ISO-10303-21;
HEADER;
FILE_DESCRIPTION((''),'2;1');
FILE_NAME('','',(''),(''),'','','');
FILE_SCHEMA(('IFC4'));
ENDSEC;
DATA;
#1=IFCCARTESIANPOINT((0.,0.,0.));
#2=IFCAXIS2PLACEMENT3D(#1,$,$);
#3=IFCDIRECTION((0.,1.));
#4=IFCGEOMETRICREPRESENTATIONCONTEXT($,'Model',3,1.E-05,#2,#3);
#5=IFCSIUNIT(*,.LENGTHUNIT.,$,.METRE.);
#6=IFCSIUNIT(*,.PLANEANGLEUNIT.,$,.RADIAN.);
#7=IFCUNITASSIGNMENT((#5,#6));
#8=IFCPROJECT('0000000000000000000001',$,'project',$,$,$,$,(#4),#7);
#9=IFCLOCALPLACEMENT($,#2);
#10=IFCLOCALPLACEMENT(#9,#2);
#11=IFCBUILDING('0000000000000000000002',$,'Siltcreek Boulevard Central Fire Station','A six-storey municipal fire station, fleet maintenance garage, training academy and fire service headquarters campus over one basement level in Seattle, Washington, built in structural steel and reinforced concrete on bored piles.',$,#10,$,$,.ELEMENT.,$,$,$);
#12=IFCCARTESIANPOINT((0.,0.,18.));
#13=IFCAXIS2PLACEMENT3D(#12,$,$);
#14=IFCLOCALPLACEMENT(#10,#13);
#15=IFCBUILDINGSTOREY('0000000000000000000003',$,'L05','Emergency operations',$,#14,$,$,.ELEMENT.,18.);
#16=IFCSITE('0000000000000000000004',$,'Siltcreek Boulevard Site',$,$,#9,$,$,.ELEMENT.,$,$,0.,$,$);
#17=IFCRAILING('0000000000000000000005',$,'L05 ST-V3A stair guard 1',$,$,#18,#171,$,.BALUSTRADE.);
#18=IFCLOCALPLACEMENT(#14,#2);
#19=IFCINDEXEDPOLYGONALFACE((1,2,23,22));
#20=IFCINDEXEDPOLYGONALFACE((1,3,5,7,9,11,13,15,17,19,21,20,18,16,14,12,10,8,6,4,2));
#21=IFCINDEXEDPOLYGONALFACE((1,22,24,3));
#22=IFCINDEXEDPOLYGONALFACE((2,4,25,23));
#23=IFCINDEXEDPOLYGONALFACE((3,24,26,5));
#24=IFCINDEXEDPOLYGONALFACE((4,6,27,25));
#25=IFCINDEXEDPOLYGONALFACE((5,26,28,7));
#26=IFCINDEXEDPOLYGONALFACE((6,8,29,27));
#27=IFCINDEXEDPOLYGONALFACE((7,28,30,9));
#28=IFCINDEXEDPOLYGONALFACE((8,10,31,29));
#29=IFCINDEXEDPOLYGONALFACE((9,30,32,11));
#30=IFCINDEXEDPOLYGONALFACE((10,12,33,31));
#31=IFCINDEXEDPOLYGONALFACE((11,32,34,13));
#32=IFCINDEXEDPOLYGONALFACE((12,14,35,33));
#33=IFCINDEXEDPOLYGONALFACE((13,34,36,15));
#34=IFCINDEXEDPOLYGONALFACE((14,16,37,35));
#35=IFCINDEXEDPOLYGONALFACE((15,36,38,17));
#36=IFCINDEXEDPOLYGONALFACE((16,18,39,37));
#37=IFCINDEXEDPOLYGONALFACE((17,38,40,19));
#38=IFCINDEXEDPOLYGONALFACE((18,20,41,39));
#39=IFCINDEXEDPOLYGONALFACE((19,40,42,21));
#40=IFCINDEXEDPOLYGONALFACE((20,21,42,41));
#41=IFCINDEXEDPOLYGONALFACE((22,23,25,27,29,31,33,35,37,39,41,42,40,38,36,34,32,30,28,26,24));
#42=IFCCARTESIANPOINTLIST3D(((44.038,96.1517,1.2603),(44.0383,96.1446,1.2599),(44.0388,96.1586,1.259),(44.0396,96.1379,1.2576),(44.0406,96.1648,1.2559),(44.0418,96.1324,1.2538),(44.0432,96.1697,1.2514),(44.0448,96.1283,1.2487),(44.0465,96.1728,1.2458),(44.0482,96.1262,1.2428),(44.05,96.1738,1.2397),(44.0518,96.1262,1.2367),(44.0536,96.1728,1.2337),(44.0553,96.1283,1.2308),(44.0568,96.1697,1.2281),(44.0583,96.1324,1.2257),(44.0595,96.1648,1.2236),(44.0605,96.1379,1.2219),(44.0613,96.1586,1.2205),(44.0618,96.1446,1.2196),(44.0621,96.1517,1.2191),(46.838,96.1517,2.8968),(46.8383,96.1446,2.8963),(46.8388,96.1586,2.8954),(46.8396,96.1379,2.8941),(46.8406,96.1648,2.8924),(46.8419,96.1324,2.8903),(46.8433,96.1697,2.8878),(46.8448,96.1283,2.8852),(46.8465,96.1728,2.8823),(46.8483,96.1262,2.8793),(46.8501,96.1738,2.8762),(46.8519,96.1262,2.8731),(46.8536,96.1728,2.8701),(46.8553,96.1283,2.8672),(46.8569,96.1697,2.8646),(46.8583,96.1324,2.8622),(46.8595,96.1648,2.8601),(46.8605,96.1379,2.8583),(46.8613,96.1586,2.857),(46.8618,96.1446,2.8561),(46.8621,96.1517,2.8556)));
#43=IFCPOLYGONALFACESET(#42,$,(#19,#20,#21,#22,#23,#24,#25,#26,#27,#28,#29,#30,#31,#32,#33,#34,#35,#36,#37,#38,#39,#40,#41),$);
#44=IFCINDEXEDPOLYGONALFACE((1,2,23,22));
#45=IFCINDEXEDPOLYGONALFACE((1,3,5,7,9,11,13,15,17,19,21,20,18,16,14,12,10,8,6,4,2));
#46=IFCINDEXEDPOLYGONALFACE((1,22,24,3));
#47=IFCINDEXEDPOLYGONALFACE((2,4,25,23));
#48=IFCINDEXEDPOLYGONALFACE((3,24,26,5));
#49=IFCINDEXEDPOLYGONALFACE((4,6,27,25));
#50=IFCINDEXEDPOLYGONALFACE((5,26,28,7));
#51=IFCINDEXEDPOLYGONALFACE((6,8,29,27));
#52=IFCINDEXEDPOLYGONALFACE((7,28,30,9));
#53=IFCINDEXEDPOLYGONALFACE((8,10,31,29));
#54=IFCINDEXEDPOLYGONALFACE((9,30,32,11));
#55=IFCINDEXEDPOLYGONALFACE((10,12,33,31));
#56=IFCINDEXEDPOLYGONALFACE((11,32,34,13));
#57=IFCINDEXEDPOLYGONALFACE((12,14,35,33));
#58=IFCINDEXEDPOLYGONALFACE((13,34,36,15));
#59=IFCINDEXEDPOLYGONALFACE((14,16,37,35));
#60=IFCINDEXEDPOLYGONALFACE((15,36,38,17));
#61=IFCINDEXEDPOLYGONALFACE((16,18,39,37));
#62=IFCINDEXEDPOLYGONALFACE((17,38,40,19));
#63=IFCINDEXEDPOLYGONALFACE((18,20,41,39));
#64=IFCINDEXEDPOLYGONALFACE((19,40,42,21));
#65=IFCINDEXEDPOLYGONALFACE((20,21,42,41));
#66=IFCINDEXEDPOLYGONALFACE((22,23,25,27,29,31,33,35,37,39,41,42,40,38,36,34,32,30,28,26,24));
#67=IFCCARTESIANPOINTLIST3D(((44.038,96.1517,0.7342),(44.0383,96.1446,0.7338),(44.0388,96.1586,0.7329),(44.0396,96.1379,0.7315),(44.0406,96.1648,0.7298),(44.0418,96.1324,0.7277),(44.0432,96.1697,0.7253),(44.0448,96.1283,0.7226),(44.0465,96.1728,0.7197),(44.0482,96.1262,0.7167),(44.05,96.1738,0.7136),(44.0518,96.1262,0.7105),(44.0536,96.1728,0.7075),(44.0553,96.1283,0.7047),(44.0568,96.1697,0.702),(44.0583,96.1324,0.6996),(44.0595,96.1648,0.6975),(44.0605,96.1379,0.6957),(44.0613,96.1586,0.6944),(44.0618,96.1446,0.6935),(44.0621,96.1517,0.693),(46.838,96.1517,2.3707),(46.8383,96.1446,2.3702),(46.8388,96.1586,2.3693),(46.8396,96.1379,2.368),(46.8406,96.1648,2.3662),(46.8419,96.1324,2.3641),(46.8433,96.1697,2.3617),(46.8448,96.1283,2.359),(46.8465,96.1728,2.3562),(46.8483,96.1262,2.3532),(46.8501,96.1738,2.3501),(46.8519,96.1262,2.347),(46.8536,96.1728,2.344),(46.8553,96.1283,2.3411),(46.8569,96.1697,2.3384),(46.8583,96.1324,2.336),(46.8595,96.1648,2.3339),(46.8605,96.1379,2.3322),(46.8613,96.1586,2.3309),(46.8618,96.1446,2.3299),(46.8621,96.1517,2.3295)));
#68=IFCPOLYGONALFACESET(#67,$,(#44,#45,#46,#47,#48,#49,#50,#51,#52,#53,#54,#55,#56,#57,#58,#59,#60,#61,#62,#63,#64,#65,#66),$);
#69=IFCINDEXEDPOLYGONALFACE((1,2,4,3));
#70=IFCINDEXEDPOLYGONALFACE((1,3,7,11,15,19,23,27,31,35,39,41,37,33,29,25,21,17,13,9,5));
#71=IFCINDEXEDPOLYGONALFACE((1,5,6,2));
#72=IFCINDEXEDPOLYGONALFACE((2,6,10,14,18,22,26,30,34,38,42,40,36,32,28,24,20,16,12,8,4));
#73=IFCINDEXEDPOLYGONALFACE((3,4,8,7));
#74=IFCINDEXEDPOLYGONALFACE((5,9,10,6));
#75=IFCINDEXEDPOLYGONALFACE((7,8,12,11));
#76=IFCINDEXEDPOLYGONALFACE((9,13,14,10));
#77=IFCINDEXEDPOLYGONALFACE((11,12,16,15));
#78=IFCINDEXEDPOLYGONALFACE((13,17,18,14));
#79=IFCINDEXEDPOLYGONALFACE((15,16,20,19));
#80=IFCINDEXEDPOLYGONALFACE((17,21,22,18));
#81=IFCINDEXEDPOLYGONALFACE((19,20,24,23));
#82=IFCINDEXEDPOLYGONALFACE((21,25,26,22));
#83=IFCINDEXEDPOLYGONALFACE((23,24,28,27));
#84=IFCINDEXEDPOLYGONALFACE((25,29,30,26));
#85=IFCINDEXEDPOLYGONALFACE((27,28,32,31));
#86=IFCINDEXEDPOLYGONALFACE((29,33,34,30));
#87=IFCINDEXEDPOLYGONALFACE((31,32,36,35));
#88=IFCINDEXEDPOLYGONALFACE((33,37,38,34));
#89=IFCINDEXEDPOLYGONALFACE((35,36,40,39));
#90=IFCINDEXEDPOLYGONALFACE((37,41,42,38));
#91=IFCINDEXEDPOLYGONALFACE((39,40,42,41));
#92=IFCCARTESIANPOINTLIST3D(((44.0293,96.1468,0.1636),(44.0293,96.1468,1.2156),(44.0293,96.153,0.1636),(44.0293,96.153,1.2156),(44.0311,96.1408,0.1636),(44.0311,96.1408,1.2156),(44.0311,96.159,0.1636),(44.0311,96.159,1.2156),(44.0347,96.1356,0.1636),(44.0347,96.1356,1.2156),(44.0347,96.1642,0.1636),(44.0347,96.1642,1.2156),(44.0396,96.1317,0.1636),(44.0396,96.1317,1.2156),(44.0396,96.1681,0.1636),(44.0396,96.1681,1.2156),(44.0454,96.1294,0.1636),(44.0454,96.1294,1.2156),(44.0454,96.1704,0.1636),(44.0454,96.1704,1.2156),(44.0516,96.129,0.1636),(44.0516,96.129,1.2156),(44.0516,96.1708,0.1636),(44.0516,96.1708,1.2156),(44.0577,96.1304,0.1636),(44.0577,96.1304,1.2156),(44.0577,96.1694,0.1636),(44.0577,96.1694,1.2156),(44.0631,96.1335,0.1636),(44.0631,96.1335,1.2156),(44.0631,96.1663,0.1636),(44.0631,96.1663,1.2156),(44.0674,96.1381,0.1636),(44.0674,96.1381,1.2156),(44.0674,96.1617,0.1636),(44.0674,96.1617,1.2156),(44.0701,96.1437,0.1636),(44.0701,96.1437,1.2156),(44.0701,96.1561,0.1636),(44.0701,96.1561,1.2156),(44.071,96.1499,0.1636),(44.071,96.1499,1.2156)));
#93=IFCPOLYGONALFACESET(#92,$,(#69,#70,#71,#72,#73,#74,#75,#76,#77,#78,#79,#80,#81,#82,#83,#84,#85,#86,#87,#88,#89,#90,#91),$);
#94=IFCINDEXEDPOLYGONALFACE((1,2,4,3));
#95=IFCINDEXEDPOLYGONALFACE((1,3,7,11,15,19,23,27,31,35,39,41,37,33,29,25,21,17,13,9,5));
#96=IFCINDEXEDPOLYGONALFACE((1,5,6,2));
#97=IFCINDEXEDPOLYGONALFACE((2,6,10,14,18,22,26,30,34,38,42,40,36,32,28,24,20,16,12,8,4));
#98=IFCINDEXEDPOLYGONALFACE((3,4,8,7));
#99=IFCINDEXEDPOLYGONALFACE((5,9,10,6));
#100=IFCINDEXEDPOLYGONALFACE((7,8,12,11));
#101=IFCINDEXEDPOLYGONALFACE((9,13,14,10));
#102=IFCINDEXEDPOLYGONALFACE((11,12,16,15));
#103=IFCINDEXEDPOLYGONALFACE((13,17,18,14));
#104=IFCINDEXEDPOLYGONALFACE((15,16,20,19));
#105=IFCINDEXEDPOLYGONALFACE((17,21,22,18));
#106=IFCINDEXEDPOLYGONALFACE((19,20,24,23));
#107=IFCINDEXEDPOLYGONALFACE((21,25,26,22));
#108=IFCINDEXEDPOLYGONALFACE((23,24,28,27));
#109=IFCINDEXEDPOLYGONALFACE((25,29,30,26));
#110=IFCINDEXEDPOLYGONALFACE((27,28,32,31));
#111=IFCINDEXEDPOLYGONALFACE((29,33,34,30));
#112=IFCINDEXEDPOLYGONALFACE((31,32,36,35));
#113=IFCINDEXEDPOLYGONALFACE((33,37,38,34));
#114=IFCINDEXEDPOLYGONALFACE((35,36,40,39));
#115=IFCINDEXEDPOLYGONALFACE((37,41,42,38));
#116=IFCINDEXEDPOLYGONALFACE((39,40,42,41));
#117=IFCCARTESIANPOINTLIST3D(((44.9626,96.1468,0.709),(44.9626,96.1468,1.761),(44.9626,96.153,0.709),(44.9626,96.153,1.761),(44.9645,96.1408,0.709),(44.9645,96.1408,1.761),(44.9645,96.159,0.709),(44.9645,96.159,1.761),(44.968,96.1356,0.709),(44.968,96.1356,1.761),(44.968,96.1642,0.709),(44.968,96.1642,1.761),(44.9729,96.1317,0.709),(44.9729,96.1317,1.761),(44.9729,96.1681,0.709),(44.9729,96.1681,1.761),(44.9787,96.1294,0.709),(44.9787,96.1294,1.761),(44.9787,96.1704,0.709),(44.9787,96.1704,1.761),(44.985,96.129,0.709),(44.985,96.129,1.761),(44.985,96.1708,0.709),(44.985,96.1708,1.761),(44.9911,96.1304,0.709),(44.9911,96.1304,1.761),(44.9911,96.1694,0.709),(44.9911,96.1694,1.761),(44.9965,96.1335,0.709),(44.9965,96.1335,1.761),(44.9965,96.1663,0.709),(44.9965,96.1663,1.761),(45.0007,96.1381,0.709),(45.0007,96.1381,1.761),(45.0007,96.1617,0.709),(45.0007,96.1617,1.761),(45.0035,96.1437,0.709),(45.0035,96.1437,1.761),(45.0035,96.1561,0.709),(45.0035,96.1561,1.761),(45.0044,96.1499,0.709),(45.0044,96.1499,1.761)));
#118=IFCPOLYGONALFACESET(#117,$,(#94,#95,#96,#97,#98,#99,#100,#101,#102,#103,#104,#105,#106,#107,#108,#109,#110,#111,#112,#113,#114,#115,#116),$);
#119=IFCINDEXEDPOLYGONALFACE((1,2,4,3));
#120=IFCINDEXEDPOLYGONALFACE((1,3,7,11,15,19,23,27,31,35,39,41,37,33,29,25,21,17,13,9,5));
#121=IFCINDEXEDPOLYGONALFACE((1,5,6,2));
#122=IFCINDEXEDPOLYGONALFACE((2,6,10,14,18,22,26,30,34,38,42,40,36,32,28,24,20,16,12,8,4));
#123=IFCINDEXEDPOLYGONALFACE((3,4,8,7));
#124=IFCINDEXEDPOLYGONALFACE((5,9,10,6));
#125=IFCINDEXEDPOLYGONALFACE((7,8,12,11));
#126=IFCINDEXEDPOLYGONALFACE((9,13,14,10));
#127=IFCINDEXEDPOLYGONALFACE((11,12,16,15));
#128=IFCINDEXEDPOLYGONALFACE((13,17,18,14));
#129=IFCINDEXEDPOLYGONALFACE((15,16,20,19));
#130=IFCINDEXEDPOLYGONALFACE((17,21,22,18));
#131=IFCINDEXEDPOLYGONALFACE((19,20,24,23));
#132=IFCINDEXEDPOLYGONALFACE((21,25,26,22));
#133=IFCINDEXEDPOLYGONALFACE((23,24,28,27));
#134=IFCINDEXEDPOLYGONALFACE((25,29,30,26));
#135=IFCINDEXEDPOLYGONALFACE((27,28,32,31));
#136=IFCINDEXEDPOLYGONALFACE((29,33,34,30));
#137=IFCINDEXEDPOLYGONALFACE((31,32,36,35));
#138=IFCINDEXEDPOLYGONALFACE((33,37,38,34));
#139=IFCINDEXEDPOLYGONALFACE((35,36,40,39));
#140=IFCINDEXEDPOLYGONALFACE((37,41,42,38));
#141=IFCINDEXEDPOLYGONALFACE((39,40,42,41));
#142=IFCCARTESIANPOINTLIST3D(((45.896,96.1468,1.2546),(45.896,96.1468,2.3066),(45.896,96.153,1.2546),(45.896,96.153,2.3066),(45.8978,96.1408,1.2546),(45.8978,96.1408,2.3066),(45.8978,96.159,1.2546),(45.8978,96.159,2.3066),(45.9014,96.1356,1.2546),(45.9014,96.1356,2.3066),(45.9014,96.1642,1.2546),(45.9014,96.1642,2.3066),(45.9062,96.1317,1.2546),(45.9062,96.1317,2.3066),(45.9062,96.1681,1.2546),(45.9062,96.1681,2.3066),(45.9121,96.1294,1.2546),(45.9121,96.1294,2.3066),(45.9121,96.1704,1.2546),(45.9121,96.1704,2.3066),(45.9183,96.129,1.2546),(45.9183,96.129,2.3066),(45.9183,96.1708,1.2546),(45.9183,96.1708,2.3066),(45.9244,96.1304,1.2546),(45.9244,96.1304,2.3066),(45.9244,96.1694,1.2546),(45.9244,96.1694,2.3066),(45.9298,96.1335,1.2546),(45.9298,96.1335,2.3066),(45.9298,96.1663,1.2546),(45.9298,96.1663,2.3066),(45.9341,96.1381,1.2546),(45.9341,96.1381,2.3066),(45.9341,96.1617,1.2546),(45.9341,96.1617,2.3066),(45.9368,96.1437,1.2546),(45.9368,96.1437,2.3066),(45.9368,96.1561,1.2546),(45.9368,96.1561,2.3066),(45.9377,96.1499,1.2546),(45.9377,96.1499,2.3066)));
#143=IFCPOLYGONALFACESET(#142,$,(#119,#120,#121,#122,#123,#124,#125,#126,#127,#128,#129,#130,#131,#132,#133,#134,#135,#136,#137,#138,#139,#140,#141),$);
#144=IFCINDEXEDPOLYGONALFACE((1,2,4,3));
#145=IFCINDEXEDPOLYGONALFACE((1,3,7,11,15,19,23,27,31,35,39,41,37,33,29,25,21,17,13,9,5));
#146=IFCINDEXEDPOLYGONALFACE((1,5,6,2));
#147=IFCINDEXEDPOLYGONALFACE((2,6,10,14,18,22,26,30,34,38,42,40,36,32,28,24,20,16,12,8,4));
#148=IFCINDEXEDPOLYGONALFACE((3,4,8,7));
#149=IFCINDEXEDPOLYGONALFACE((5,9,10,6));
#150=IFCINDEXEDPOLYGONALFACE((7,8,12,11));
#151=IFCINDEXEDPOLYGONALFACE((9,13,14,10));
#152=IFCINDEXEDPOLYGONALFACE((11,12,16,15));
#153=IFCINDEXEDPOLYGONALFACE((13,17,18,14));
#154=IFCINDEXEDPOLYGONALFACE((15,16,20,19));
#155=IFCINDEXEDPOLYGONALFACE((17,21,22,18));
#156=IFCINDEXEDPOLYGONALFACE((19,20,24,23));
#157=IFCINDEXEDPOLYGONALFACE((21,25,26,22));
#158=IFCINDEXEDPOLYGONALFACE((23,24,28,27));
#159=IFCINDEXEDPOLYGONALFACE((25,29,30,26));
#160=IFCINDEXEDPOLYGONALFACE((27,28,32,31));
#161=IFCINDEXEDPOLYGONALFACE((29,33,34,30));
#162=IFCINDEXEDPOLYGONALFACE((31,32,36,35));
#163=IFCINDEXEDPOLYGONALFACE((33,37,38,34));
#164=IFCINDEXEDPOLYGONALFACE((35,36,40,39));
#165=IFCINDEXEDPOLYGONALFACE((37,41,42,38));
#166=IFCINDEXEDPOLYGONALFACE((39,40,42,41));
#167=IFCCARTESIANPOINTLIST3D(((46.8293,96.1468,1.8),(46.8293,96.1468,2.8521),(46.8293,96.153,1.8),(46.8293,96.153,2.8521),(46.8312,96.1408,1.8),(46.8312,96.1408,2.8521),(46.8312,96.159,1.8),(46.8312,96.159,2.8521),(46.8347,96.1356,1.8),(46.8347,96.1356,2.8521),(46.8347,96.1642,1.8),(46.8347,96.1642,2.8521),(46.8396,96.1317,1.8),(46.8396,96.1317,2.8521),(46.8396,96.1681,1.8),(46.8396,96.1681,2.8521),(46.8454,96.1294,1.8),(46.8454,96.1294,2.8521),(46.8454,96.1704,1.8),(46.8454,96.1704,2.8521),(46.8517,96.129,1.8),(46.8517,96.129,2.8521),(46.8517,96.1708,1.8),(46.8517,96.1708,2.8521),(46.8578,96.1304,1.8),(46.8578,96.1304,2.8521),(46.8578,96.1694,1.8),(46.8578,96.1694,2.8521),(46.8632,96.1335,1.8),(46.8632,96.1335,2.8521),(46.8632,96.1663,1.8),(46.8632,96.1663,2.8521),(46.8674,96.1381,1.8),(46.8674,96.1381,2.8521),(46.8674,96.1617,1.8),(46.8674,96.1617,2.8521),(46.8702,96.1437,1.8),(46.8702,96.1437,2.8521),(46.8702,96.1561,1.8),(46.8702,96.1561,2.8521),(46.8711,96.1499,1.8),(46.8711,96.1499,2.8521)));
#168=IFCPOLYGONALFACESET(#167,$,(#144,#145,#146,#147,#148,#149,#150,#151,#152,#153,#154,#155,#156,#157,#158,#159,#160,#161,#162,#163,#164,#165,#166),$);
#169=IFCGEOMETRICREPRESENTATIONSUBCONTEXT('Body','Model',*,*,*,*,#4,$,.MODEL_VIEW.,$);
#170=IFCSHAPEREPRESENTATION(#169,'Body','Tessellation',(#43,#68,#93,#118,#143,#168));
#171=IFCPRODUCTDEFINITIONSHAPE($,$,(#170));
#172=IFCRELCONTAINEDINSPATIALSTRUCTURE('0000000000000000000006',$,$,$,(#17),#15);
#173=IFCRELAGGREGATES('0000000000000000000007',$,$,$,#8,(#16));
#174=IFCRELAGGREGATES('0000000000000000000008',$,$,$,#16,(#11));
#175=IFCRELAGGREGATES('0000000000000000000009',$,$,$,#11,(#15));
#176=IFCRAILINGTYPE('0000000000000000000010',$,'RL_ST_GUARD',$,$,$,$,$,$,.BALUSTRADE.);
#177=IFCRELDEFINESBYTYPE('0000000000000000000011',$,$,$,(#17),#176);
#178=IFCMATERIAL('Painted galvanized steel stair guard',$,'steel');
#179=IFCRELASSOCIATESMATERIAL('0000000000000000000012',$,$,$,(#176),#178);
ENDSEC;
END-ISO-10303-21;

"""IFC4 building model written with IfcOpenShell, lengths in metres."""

from ifc_helpers import new_model, si_unit, direction, frame, origin, origin_2d, place, context, subcontext, project, spatial, circle, extrude, material, type_object, element, save


model = new_model("IFC4")

# Units and contexts
model_context = context("Model", 3, precision=1e-05, world=origin(), true_north=direction((0.0, 1.0)))
body_context = subcontext(model_context, "Body", "Model", "MODEL_VIEW")
ifc_project = project(units=[si_unit("LENGTHUNIT", "METRE"), si_unit("PLANEANGLEUNIT", "RADIAN")], contexts=[model_context])

# Site, building, storey
site_placement = place(None, origin())
site = spatial("IfcSite", under=ifc_project, at=site_placement, Name="Siltcreek Boulevard Site", CompositionType="ELEMENT", RefElevation=0.0)
building_placement = place(site_placement, origin())
building = spatial("IfcBuilding", under=site, at=building_placement, Name="Siltcreek Boulevard Central Fire Station", Description="A six-storey municipal fire station, fleet maintenance garage, training academy and fire service headquarters campus over one basement level in Seattle, Washington, built in structural steel and reinforced concrete on bored piles.", CompositionType="ELEMENT")
storey_placement = place(building_placement, frame((0.0, 0.0, 18.0)))
storey = spatial("IfcBuildingStorey", under=building, at=storey_placement, Name="L05", Description="Emergency operations", CompositionType="ELEMENT", Elevation=18.0)

# Railing
ifc_material_1 = material(Name="Painted galvanized steel stair guard", Category="steel")
railing_type_1 = type_object("IfcRailingType", Name="RL_ST_GUARD", PredefinedType="BALUSTRADE", material=ifc_material_1)
railing_1_placement = place(storey_placement, frame((44.05, 96.1499, 0.1636)))
element("IfcRailing", 1, at=railing_1_placement, inside=storey, type_object=railing_type_1, Name="L05 ST-V3A stair guard 1", PredefinedType="BALUSTRADE", context=body_context, shape_type="SweptSolid", body=[
    extrude(circle(Radius=0.0239, at=origin_2d()), frame((0.0, 0.0, 1.0762), z_axis=(0.863361, 0.0, 0.504587), x_axis=(0.0, 1.0, 0.0)), (0.0, 0.0, 1.0), 3.2432),
    extrude(circle(Radius=0.0239, at=origin_2d()), frame((0.0, 0.0, 0.55), z_axis=(0.863361, 0.0, 0.504587), x_axis=(0.0, 1.0, 0.0)), (0.0, 0.0, 1.0), 3.2432),
    extrude(circle(Radius=0.021, at=origin_2d()), origin(), (0.0, 0.0, 1.0), 1.052),
    extrude(circle(Radius=0.021, at=origin_2d()), frame((0.9333, 0.0, 0.5454)), (0.0, 0.0, 1.0), 1.052),
    extrude(circle(Radius=0.021, at=origin_2d()), frame((1.8667, 0.0, 1.0911)), (0.0, 0.0, 1.0), 1.052),
    extrude(circle(Radius=0.021, at=origin_2d()), frame((2.8, 0.0, 1.6365)), (0.0, 0.0, 1.0), 1.052),
])

save(model, "model.ifc")
